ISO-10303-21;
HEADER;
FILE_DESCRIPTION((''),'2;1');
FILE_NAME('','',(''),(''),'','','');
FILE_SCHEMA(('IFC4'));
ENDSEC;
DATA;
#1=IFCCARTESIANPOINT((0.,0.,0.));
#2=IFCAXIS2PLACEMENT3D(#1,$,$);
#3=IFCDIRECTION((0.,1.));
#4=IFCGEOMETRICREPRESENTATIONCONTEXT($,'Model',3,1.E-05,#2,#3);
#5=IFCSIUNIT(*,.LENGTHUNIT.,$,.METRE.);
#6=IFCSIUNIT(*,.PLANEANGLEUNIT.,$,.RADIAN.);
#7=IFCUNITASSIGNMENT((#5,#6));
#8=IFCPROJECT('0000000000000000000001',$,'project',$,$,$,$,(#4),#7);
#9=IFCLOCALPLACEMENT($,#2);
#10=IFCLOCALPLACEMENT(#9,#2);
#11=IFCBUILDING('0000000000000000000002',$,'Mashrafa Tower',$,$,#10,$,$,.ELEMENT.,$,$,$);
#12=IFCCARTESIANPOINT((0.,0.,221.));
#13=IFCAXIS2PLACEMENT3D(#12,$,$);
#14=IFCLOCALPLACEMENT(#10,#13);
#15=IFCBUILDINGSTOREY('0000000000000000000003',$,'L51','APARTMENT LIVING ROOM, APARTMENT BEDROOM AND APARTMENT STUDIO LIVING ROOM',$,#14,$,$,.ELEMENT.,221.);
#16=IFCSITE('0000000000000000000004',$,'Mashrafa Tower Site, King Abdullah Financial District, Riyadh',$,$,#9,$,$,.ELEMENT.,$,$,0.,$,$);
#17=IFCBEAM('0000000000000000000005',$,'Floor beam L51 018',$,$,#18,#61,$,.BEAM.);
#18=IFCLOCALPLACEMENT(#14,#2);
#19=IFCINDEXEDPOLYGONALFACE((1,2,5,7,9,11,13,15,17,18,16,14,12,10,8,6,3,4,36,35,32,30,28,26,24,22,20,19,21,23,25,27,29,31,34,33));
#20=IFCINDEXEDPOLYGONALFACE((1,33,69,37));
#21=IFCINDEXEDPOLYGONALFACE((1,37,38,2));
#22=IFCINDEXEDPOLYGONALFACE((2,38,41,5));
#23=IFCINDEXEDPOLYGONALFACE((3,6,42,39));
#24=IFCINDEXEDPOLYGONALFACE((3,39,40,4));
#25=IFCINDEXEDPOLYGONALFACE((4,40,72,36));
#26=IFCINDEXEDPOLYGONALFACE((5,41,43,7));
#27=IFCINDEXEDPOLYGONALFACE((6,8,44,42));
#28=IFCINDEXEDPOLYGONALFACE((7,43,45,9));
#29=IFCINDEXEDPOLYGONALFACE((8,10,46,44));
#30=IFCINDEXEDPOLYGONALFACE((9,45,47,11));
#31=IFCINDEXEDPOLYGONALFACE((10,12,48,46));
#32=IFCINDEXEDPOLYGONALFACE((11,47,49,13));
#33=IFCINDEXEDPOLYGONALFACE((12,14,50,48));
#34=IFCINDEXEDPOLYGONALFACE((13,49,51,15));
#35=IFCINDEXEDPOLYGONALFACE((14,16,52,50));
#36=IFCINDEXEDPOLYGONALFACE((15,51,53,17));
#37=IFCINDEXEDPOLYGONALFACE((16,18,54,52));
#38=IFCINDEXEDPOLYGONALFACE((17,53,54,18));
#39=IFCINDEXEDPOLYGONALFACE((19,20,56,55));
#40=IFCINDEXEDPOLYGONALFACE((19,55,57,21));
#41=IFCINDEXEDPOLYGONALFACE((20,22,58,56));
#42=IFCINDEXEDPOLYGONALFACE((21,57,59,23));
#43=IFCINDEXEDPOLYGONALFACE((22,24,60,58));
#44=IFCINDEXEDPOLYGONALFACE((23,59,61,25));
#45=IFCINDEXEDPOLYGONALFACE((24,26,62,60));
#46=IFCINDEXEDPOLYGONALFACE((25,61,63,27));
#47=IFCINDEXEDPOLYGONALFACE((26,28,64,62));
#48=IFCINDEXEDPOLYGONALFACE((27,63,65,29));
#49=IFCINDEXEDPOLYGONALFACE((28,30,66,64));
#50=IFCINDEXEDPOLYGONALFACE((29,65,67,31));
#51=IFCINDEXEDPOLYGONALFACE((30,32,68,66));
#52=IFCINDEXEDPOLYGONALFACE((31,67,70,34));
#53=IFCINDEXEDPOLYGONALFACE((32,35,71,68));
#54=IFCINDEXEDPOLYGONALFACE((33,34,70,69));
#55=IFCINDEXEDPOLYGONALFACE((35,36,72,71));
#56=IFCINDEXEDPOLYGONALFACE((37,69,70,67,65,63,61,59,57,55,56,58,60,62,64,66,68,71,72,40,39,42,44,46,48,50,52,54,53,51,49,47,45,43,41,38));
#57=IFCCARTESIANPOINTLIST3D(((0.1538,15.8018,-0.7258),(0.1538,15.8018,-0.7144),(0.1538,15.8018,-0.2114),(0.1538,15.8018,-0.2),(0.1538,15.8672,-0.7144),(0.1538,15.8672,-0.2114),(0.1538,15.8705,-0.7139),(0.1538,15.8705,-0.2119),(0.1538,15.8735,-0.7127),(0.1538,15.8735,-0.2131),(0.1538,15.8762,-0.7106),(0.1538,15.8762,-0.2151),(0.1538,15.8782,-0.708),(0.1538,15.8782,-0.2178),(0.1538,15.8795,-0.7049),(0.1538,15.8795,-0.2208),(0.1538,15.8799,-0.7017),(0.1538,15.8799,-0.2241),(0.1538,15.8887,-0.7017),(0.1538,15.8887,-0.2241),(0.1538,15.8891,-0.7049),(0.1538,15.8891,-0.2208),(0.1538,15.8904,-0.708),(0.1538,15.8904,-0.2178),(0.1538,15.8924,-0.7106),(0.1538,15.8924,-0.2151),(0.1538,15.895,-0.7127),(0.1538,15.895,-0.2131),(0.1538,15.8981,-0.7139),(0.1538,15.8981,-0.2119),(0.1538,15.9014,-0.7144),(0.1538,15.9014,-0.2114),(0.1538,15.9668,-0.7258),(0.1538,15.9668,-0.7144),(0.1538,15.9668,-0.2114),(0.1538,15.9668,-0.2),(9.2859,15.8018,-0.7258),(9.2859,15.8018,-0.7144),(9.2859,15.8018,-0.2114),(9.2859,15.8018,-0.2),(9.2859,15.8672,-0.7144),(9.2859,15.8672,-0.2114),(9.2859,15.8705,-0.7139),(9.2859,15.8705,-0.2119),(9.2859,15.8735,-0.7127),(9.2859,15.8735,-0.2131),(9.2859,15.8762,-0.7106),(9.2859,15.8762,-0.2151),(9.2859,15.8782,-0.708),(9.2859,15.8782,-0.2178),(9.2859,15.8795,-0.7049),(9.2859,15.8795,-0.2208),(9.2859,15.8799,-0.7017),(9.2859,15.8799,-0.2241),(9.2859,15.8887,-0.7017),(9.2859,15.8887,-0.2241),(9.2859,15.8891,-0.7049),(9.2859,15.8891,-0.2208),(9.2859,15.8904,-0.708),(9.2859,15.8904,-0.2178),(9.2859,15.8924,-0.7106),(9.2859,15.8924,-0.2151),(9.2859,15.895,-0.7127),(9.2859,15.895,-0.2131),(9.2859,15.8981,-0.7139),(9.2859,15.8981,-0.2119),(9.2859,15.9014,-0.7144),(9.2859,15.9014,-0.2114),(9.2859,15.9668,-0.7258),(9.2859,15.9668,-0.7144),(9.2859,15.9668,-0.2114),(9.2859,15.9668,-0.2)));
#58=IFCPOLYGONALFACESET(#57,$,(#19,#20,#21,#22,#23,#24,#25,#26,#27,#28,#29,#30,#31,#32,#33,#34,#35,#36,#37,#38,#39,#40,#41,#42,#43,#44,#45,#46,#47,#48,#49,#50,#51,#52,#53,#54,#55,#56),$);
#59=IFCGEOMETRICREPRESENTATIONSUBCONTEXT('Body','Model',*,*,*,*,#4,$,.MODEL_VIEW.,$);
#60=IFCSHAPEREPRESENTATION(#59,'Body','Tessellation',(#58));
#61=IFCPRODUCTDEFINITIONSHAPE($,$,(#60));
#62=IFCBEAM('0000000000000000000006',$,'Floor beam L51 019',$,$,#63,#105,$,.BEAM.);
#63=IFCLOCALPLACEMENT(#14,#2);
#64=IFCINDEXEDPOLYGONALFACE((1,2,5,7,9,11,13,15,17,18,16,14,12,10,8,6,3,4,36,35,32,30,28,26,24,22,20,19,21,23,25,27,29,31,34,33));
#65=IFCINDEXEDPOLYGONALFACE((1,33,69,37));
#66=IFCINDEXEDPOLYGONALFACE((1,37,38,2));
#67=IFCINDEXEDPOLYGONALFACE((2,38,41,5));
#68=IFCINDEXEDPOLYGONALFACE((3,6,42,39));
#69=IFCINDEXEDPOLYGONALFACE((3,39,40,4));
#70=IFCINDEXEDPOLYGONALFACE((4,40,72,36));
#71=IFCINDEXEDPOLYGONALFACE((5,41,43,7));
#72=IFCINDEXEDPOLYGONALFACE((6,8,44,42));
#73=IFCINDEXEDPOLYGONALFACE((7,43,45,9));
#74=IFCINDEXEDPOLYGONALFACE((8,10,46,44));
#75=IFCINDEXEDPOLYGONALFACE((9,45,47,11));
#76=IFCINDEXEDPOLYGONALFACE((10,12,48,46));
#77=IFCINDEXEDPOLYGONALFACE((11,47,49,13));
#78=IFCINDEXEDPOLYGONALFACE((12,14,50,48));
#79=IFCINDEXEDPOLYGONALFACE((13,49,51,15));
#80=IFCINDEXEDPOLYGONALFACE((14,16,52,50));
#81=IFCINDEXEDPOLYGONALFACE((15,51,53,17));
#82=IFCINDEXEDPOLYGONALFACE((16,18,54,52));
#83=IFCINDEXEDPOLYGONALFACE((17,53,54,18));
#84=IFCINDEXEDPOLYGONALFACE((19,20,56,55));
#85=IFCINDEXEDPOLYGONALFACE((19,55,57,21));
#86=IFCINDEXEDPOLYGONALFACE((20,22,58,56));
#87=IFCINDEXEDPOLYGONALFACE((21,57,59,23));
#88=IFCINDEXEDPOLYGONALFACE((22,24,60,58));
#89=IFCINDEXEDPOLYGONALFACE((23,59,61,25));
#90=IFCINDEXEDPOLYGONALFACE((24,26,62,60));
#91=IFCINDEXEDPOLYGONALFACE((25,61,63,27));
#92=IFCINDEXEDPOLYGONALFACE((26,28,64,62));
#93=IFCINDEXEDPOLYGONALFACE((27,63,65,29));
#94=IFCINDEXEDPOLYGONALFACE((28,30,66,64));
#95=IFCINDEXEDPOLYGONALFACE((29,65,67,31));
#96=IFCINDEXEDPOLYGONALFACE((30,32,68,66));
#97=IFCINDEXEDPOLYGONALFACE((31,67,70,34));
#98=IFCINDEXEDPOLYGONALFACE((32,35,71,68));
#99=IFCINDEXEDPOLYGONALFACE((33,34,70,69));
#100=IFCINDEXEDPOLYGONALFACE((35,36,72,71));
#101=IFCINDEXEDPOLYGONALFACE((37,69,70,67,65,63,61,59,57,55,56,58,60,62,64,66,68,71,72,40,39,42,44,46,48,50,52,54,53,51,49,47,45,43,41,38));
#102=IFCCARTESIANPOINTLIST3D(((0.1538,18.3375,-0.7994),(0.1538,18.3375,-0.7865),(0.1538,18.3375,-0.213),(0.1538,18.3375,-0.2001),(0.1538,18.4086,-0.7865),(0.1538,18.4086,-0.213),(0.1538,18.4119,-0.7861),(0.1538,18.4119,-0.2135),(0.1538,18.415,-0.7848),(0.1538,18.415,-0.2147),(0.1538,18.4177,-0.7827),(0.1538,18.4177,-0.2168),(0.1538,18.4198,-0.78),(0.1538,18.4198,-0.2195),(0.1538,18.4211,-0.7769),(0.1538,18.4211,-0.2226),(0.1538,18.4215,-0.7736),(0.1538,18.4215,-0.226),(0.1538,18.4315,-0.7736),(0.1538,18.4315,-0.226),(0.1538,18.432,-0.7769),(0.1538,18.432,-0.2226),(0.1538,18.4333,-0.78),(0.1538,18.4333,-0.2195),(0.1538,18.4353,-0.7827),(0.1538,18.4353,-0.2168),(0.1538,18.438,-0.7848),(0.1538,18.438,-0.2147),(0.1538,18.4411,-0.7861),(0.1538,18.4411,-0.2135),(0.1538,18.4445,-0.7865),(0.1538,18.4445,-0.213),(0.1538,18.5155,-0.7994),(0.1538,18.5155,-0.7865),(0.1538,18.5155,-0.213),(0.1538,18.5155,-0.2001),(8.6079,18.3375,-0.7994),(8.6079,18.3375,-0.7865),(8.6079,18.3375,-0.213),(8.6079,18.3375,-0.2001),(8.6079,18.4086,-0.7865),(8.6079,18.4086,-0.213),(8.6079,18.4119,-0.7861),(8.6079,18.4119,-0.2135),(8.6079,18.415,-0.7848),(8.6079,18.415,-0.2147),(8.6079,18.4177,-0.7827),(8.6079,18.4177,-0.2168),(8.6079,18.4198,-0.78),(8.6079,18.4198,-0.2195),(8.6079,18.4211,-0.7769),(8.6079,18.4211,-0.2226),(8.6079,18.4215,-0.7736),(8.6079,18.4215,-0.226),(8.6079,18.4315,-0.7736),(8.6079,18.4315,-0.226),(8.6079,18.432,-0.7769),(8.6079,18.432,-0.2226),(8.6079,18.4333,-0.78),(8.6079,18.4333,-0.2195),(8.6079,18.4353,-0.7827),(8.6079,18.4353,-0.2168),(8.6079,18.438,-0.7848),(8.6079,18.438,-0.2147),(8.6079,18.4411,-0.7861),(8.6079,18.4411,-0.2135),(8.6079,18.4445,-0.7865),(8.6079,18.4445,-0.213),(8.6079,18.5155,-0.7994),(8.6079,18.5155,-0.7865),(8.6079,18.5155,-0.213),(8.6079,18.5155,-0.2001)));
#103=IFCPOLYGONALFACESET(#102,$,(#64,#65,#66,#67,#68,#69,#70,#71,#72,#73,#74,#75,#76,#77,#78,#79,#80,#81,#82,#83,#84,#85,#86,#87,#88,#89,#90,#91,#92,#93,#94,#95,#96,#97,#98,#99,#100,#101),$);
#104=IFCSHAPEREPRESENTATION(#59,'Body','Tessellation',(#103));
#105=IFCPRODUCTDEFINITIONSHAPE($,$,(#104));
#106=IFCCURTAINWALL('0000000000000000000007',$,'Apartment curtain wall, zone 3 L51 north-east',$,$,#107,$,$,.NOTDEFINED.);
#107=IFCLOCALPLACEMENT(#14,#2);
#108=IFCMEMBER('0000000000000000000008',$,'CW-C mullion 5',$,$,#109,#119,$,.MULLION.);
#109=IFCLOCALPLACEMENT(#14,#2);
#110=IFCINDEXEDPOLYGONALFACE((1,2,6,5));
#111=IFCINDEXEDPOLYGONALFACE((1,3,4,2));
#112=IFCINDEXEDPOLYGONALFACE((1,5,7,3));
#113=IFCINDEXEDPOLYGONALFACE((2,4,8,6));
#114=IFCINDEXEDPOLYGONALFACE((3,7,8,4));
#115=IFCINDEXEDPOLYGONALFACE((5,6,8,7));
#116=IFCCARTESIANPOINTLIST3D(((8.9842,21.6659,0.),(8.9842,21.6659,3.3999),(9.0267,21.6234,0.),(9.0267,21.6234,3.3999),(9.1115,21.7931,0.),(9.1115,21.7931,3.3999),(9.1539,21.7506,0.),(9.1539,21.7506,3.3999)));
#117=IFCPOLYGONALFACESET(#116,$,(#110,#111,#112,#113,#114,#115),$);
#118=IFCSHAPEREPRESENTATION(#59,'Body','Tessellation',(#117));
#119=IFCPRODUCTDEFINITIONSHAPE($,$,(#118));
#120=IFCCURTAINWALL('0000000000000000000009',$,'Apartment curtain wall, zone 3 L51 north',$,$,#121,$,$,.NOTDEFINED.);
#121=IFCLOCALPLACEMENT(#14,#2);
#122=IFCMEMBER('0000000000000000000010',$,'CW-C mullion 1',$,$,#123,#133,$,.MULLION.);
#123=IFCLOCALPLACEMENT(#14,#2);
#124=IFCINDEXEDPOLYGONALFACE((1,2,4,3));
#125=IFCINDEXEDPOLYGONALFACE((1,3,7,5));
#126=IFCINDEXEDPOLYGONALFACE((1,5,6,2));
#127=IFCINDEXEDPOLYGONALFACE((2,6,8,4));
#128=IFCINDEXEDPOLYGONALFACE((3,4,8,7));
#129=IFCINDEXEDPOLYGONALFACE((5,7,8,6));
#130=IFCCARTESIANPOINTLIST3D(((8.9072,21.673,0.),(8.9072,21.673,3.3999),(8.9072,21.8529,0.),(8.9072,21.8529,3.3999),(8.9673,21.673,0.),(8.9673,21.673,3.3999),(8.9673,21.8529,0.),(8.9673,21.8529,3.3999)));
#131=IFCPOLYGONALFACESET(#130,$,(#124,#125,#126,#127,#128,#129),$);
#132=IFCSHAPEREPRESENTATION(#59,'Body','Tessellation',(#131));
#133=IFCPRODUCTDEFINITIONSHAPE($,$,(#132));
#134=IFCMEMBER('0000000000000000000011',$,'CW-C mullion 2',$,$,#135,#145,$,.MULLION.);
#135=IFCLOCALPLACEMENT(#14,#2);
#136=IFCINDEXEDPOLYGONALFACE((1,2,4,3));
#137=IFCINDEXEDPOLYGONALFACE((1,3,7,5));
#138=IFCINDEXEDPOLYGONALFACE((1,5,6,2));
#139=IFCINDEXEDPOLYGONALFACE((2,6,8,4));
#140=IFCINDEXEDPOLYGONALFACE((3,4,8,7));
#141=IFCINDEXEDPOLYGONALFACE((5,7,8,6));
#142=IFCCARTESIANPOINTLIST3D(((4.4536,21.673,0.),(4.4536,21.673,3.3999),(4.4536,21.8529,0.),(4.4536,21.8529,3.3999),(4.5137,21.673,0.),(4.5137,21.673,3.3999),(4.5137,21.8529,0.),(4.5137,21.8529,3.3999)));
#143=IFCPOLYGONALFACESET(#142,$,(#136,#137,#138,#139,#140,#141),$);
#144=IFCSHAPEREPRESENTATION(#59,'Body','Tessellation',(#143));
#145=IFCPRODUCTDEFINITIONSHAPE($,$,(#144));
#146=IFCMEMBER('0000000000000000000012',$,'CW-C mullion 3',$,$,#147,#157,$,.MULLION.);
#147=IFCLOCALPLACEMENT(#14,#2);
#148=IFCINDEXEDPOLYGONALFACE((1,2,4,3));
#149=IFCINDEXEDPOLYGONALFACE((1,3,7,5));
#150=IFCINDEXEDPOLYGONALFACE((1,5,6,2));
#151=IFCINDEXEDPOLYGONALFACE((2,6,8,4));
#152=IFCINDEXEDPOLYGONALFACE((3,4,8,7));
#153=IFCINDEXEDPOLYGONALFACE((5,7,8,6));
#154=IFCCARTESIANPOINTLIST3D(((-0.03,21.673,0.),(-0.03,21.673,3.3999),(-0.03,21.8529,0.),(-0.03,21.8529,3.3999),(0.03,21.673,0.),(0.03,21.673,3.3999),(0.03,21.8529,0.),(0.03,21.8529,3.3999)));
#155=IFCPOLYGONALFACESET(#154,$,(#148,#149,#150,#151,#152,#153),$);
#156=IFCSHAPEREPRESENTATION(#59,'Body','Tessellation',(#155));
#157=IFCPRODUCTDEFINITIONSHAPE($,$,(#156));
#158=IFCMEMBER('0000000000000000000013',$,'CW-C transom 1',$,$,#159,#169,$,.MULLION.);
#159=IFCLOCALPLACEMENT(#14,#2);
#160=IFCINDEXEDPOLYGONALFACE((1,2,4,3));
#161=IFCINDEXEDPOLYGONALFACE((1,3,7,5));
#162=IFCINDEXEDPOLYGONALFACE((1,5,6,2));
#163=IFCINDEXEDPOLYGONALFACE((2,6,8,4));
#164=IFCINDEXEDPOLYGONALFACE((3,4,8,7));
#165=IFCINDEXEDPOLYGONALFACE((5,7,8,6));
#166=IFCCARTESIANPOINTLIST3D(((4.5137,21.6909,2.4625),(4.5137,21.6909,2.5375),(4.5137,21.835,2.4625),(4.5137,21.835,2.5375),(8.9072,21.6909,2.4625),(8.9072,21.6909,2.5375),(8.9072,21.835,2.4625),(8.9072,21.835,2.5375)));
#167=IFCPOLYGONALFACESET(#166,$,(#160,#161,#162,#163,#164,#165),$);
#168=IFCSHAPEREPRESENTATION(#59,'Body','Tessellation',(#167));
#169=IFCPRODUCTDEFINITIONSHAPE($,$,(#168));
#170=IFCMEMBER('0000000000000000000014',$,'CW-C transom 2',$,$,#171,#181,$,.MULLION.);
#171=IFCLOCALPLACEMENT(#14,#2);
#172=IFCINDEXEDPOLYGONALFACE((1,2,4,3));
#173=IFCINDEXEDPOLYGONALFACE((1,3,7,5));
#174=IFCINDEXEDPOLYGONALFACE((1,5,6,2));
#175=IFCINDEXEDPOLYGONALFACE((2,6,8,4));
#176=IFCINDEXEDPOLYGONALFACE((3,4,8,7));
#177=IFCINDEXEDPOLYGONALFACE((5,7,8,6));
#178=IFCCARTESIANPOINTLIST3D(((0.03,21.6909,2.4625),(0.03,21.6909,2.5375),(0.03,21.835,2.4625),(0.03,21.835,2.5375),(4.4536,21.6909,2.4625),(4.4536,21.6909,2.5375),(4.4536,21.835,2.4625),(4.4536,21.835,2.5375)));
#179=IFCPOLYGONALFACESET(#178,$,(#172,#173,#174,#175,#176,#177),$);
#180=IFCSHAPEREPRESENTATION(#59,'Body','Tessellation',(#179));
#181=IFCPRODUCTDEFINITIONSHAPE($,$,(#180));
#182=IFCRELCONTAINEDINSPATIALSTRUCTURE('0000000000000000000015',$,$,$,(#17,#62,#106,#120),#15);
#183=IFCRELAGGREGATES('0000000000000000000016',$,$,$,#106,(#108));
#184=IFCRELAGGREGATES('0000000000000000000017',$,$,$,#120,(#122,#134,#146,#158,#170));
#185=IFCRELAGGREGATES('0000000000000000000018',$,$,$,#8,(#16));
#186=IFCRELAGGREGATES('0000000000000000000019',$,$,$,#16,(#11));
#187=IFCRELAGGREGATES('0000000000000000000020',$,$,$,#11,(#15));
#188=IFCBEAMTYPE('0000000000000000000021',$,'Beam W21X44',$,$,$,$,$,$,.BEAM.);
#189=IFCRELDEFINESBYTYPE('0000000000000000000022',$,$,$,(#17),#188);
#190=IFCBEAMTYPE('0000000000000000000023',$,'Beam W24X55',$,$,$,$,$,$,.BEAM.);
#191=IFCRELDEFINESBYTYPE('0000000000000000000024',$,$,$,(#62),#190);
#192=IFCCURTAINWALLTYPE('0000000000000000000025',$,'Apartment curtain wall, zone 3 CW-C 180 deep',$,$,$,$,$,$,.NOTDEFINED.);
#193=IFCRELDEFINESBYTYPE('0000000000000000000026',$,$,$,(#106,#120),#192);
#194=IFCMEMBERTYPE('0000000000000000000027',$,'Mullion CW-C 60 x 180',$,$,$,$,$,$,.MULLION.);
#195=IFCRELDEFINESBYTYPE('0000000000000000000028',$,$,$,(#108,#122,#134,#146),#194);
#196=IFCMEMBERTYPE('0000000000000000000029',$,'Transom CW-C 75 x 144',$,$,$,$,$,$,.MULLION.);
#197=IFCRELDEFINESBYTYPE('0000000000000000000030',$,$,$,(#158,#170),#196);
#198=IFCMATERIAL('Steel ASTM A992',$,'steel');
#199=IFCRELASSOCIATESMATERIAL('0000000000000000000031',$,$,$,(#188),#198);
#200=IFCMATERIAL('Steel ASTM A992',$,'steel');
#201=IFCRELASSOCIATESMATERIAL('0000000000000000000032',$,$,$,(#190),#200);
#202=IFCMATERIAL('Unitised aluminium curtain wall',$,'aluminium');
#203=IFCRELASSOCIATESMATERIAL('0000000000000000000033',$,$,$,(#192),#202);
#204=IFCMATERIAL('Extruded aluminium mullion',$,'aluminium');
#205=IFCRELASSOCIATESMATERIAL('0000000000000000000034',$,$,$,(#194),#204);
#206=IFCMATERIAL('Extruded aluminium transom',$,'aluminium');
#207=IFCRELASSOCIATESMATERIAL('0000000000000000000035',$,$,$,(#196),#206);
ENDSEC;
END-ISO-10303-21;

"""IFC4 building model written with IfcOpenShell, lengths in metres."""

from ifc_helpers import new_model, si_unit, direction, frame, origin, origin_2d, place, context, subcontext, project, spatial, rectangle, i_section, extrude, source, transform, mapped, material, material_profile, profile_set, type_object, type_shapes, element, aggregate, save


model = new_model("IFC4")

# Units and contexts
model_context = context("Model", 3, precision=1e-05, world=origin(), true_north=direction((0.0, 1.0)))
body_context = subcontext(model_context, "Body", "Model", "MODEL_VIEW")
ifc_project = project(units=[si_unit("LENGTHUNIT", "METRE"), si_unit("PLANEANGLEUNIT", "RADIAN")], contexts=[model_context])

# Site, building, storey
site_placement = place(None, origin())
site = spatial("IfcSite", under=ifc_project, at=site_placement, Name="Mashrafa Tower Site, King Abdullah Financial District, Riyadh", CompositionType="ELEMENT", RefElevation=0.0)
building_placement = place(site_placement, origin())
building = spatial("IfcBuilding", under=site, at=building_placement, Name="Mashrafa Tower", CompositionType="ELEMENT")
storey_placement = place(building_placement, frame((0.0, 0.0, 221.0)))
storey = spatial("IfcBuildingStorey", under=building, at=storey_placement, Name="L51", Description="APARTMENT LIVING ROOM, APARTMENT BEDROOM AND APARTMENT STUDIO LIVING ROOM", CompositionType="ELEMENT", Elevation=221.0)

# Beams
ifc_material_1 = material(Name="Steel ASTM A992", Category="steel")
ifc_material_profile_1 = material_profile(ifc_material_1, i_section(OverallWidth=0.165, OverallDepth=0.5259, WebThickness=0.0088, FlangeThickness=0.0115, FilletRadius=0.0127, at=origin_2d()), Name="W21X44")
ifc_profile_set_1 = profile_set([ifc_material_profile_1], Name="Steel ASTM A992")
beam_type_1 = type_object("IfcBeamType", Name="Beam W21X44", PredefinedType="BEAM", material=ifc_profile_set_1)
beam_1_placement = place(storey_placement, frame((0.1538, 15.8843, -0.4629), z_axis=(1.0, 0.0, 0.0), x_axis=(0.0, 1.0, 0.0)))
element("IfcBeam", 1, at=beam_1_placement, inside=storey, type_object=beam_type_1, Name="Floor beam L51 018", PredefinedType="BEAM", context=body_context, shape_type="SweptSolid", body=[
    extrude(i_section(OverallWidth=0.165, OverallDepth=0.5259, WebThickness=0.0088, FlangeThickness=0.0115, FilletRadius=0.0127, at=origin_2d()), origin(), (0.0, 0.0, 1.0), 9.1321),
])
ifc_material_2 = material(Name="Steel ASTM A992", Category="steel")
ifc_material_profile_2 = material_profile(ifc_material_2, i_section(OverallWidth=0.178, OverallDepth=0.5994, WebThickness=0.01, FlangeThickness=0.0129, FilletRadius=0.0129, at=origin_2d()), Name="W24X55")
ifc_profile_set_2 = profile_set([ifc_material_profile_2], Name="Steel ASTM A992")
beam_type_2 = type_object("IfcBeamType", Name="Beam W24X55", PredefinedType="BEAM", material=ifc_profile_set_2)
beam_2_placement = place(storey_placement, frame((0.1538, 18.4265, -0.4998), z_axis=(1.0, 0.0, 0.0), x_axis=(0.0, 1.0, 0.0)))
element("IfcBeam", 2, at=beam_2_placement, inside=storey, type_object=beam_type_2, Name="Floor beam L51 019", PredefinedType="BEAM", context=body_context, shape_type="SweptSolid", body=[
    extrude(i_section(OverallWidth=0.178, OverallDepth=0.5994, WebThickness=0.01, FlangeThickness=0.0129, FilletRadius=0.0129, at=origin_2d()), origin(), (0.0, 0.0, 1.0), 8.4541),
])

# Curtain wall, member
ifc_material_3 = material(Name="Unitised aluminium curtain wall", Category="aluminium")
curtain_wall_type = type_object("IfcCurtainWallType", Name="Apartment curtain wall, zone 3 CW-C 180 deep", PredefinedType="NOTDEFINED", material=ifc_material_3)
curtain_wall_1_placement = place(storey_placement, origin())
curtain_wall_1 = element("IfcCurtainWall", 3, at=curtain_wall_1_placement, inside=storey, type_object=curtain_wall_type, Name="Apartment curtain wall, zone 3 L51 north-east", PredefinedType="NOTDEFINED")
ifc_material_4 = material(Name="Extruded aluminium mullion", Category="aluminium")
ifc_material_profile_3 = material_profile(ifc_material_4, rectangle(XDim=0.1799, YDim=0.0601, at=origin_2d()), Name="Mullion 60x180")
ifc_profile_set_3 = profile_set([ifc_material_profile_3], Name="Extruded aluminium mullion")
member_type_1 = type_object("IfcMemberType", Name="Mullion CW-C 60 x 180", PredefinedType="MULLION", material=ifc_profile_set_3)
shared_shape_1 = source(origin(), body_context, "Body", "SweptSolid", [
    extrude(rectangle(XDim=0.1799, YDim=0.0601, at=origin_2d()), origin(), (0.0, 0.0, 1.0), 3.3999),
])
type_shapes(member_type_1, [shared_shape_1])
member_1_placement = place(storey_placement, frame((9.0691, 21.7083, 0.0), z_axis=(0.0, 0.0, 1.0), x_axis=(-0.707107, -0.707107, 0.0)))
member_1 = element("IfcMember", 4, at=member_1_placement, type_object=member_type_1, Name="CW-C mullion 5", PredefinedType="MULLION", context=body_context, shape_type="MappedRepresentation", body=[
    mapped(shared_shape_1, transform((0.0, 0.0, 0.0))),
])

# Curtain wall, members
curtain_wall_2_placement = place(storey_placement, origin())
curtain_wall_2 = element("IfcCurtainWall", 5, at=curtain_wall_2_placement, inside=storey, type_object=curtain_wall_type, Name="Apartment curtain wall, zone 3 L51 north", PredefinedType="NOTDEFINED")
member_2_placement = place(storey_placement, frame((8.9373, 21.7629, 0.0), z_axis=(0.0, 0.0, 1.0), x_axis=(0.0, -1.0, 0.0)))
member_2 = element("IfcMember", 6, at=member_2_placement, type_object=member_type_1, Name="CW-C mullion 1", PredefinedType="MULLION", context=body_context, shape_type="MappedRepresentation", body=[
    mapped(shared_shape_1, transform((0.0, 0.0, 0.0))),
])
member_3_placement = place(storey_placement, frame((4.4836, 21.7629, 0.0), z_axis=(0.0, 0.0, 1.0), x_axis=(0.0, -1.0, 0.0)))
member_3 = element("IfcMember", 7, at=member_3_placement, type_object=member_type_1, Name="CW-C mullion 2", PredefinedType="MULLION", context=body_context, shape_type="MappedRepresentation", body=[
    mapped(shared_shape_1, transform((0.0, 0.0, 0.0))),
])
member_4_placement = place(storey_placement, frame((0.0, 21.7629, 0.0), z_axis=(0.0, 0.0, 1.0), x_axis=(0.0, -1.0, 0.0)))
member_4 = element("IfcMember", 8, at=member_4_placement, type_object=member_type_1, Name="CW-C mullion 3", PredefinedType="MULLION", context=body_context, shape_type="MappedRepresentation", body=[
    mapped(shared_shape_1, transform((0.0, 0.0, 0.0))),
])
ifc_material_5 = material(Name="Extruded aluminium transom", Category="aluminium")
ifc_material_profile_4 = material_profile(ifc_material_5, rectangle(XDim=0.144, YDim=0.075, at=origin_2d()), Name="Transom 75x144")
ifc_profile_set_4 = profile_set([ifc_material_profile_4], Name="Extruded aluminium transom")
member_type_2 = type_object("IfcMemberType", Name="Transom CW-C 75 x 144", PredefinedType="MULLION", material=ifc_profile_set_4)
shared_shape_2 = source(origin(), body_context, "Body", "SweptSolid", [
    extrude(rectangle(XDim=0.144, YDim=0.075, at=origin_2d()), origin(), (0.0, 0.0, 1.0), 4.3936),
])
member_5_placement = place(storey_placement, frame((8.9072, 21.7629, 2.5), z_axis=(-1.0, 0.0, 0.0), x_axis=(0.0, -1.0, 0.0)))
member_5 = element("IfcMember", 9, at=member_5_placement, type_object=member_type_2, Name="CW-C transom 1", PredefinedType="MULLION", context=body_context, shape_type="MappedRepresentation", body=[
    mapped(shared_shape_2, transform((0.0, 0.0, 0.0))),
])
shared_shape_3 = source(origin(), body_context, "Body", "SweptSolid", [
    extrude(rectangle(XDim=0.144, YDim=0.075, at=origin_2d()), origin(), (0.0, 0.0, 1.0), 4.4236),
])
type_shapes(member_type_2, [shared_shape_2, shared_shape_3])
member_6_placement = place(storey_placement, frame((4.4536, 21.7629, 2.5), z_axis=(-1.0, 0.0, 0.0), x_axis=(0.0, -1.0, 0.0)))
member_6 = element("IfcMember", 10, at=member_6_placement, type_object=member_type_2, Name="CW-C transom 2", PredefinedType="MULLION", context=body_context, shape_type="MappedRepresentation", body=[
    mapped(shared_shape_3, transform((0.0, 0.0, 0.0))),
])

aggregate(curtain_wall_1, [member_1])
aggregate(curtain_wall_2, [member_2, member_3, member_4, member_5, member_6])

save(model, "model.ifc")
